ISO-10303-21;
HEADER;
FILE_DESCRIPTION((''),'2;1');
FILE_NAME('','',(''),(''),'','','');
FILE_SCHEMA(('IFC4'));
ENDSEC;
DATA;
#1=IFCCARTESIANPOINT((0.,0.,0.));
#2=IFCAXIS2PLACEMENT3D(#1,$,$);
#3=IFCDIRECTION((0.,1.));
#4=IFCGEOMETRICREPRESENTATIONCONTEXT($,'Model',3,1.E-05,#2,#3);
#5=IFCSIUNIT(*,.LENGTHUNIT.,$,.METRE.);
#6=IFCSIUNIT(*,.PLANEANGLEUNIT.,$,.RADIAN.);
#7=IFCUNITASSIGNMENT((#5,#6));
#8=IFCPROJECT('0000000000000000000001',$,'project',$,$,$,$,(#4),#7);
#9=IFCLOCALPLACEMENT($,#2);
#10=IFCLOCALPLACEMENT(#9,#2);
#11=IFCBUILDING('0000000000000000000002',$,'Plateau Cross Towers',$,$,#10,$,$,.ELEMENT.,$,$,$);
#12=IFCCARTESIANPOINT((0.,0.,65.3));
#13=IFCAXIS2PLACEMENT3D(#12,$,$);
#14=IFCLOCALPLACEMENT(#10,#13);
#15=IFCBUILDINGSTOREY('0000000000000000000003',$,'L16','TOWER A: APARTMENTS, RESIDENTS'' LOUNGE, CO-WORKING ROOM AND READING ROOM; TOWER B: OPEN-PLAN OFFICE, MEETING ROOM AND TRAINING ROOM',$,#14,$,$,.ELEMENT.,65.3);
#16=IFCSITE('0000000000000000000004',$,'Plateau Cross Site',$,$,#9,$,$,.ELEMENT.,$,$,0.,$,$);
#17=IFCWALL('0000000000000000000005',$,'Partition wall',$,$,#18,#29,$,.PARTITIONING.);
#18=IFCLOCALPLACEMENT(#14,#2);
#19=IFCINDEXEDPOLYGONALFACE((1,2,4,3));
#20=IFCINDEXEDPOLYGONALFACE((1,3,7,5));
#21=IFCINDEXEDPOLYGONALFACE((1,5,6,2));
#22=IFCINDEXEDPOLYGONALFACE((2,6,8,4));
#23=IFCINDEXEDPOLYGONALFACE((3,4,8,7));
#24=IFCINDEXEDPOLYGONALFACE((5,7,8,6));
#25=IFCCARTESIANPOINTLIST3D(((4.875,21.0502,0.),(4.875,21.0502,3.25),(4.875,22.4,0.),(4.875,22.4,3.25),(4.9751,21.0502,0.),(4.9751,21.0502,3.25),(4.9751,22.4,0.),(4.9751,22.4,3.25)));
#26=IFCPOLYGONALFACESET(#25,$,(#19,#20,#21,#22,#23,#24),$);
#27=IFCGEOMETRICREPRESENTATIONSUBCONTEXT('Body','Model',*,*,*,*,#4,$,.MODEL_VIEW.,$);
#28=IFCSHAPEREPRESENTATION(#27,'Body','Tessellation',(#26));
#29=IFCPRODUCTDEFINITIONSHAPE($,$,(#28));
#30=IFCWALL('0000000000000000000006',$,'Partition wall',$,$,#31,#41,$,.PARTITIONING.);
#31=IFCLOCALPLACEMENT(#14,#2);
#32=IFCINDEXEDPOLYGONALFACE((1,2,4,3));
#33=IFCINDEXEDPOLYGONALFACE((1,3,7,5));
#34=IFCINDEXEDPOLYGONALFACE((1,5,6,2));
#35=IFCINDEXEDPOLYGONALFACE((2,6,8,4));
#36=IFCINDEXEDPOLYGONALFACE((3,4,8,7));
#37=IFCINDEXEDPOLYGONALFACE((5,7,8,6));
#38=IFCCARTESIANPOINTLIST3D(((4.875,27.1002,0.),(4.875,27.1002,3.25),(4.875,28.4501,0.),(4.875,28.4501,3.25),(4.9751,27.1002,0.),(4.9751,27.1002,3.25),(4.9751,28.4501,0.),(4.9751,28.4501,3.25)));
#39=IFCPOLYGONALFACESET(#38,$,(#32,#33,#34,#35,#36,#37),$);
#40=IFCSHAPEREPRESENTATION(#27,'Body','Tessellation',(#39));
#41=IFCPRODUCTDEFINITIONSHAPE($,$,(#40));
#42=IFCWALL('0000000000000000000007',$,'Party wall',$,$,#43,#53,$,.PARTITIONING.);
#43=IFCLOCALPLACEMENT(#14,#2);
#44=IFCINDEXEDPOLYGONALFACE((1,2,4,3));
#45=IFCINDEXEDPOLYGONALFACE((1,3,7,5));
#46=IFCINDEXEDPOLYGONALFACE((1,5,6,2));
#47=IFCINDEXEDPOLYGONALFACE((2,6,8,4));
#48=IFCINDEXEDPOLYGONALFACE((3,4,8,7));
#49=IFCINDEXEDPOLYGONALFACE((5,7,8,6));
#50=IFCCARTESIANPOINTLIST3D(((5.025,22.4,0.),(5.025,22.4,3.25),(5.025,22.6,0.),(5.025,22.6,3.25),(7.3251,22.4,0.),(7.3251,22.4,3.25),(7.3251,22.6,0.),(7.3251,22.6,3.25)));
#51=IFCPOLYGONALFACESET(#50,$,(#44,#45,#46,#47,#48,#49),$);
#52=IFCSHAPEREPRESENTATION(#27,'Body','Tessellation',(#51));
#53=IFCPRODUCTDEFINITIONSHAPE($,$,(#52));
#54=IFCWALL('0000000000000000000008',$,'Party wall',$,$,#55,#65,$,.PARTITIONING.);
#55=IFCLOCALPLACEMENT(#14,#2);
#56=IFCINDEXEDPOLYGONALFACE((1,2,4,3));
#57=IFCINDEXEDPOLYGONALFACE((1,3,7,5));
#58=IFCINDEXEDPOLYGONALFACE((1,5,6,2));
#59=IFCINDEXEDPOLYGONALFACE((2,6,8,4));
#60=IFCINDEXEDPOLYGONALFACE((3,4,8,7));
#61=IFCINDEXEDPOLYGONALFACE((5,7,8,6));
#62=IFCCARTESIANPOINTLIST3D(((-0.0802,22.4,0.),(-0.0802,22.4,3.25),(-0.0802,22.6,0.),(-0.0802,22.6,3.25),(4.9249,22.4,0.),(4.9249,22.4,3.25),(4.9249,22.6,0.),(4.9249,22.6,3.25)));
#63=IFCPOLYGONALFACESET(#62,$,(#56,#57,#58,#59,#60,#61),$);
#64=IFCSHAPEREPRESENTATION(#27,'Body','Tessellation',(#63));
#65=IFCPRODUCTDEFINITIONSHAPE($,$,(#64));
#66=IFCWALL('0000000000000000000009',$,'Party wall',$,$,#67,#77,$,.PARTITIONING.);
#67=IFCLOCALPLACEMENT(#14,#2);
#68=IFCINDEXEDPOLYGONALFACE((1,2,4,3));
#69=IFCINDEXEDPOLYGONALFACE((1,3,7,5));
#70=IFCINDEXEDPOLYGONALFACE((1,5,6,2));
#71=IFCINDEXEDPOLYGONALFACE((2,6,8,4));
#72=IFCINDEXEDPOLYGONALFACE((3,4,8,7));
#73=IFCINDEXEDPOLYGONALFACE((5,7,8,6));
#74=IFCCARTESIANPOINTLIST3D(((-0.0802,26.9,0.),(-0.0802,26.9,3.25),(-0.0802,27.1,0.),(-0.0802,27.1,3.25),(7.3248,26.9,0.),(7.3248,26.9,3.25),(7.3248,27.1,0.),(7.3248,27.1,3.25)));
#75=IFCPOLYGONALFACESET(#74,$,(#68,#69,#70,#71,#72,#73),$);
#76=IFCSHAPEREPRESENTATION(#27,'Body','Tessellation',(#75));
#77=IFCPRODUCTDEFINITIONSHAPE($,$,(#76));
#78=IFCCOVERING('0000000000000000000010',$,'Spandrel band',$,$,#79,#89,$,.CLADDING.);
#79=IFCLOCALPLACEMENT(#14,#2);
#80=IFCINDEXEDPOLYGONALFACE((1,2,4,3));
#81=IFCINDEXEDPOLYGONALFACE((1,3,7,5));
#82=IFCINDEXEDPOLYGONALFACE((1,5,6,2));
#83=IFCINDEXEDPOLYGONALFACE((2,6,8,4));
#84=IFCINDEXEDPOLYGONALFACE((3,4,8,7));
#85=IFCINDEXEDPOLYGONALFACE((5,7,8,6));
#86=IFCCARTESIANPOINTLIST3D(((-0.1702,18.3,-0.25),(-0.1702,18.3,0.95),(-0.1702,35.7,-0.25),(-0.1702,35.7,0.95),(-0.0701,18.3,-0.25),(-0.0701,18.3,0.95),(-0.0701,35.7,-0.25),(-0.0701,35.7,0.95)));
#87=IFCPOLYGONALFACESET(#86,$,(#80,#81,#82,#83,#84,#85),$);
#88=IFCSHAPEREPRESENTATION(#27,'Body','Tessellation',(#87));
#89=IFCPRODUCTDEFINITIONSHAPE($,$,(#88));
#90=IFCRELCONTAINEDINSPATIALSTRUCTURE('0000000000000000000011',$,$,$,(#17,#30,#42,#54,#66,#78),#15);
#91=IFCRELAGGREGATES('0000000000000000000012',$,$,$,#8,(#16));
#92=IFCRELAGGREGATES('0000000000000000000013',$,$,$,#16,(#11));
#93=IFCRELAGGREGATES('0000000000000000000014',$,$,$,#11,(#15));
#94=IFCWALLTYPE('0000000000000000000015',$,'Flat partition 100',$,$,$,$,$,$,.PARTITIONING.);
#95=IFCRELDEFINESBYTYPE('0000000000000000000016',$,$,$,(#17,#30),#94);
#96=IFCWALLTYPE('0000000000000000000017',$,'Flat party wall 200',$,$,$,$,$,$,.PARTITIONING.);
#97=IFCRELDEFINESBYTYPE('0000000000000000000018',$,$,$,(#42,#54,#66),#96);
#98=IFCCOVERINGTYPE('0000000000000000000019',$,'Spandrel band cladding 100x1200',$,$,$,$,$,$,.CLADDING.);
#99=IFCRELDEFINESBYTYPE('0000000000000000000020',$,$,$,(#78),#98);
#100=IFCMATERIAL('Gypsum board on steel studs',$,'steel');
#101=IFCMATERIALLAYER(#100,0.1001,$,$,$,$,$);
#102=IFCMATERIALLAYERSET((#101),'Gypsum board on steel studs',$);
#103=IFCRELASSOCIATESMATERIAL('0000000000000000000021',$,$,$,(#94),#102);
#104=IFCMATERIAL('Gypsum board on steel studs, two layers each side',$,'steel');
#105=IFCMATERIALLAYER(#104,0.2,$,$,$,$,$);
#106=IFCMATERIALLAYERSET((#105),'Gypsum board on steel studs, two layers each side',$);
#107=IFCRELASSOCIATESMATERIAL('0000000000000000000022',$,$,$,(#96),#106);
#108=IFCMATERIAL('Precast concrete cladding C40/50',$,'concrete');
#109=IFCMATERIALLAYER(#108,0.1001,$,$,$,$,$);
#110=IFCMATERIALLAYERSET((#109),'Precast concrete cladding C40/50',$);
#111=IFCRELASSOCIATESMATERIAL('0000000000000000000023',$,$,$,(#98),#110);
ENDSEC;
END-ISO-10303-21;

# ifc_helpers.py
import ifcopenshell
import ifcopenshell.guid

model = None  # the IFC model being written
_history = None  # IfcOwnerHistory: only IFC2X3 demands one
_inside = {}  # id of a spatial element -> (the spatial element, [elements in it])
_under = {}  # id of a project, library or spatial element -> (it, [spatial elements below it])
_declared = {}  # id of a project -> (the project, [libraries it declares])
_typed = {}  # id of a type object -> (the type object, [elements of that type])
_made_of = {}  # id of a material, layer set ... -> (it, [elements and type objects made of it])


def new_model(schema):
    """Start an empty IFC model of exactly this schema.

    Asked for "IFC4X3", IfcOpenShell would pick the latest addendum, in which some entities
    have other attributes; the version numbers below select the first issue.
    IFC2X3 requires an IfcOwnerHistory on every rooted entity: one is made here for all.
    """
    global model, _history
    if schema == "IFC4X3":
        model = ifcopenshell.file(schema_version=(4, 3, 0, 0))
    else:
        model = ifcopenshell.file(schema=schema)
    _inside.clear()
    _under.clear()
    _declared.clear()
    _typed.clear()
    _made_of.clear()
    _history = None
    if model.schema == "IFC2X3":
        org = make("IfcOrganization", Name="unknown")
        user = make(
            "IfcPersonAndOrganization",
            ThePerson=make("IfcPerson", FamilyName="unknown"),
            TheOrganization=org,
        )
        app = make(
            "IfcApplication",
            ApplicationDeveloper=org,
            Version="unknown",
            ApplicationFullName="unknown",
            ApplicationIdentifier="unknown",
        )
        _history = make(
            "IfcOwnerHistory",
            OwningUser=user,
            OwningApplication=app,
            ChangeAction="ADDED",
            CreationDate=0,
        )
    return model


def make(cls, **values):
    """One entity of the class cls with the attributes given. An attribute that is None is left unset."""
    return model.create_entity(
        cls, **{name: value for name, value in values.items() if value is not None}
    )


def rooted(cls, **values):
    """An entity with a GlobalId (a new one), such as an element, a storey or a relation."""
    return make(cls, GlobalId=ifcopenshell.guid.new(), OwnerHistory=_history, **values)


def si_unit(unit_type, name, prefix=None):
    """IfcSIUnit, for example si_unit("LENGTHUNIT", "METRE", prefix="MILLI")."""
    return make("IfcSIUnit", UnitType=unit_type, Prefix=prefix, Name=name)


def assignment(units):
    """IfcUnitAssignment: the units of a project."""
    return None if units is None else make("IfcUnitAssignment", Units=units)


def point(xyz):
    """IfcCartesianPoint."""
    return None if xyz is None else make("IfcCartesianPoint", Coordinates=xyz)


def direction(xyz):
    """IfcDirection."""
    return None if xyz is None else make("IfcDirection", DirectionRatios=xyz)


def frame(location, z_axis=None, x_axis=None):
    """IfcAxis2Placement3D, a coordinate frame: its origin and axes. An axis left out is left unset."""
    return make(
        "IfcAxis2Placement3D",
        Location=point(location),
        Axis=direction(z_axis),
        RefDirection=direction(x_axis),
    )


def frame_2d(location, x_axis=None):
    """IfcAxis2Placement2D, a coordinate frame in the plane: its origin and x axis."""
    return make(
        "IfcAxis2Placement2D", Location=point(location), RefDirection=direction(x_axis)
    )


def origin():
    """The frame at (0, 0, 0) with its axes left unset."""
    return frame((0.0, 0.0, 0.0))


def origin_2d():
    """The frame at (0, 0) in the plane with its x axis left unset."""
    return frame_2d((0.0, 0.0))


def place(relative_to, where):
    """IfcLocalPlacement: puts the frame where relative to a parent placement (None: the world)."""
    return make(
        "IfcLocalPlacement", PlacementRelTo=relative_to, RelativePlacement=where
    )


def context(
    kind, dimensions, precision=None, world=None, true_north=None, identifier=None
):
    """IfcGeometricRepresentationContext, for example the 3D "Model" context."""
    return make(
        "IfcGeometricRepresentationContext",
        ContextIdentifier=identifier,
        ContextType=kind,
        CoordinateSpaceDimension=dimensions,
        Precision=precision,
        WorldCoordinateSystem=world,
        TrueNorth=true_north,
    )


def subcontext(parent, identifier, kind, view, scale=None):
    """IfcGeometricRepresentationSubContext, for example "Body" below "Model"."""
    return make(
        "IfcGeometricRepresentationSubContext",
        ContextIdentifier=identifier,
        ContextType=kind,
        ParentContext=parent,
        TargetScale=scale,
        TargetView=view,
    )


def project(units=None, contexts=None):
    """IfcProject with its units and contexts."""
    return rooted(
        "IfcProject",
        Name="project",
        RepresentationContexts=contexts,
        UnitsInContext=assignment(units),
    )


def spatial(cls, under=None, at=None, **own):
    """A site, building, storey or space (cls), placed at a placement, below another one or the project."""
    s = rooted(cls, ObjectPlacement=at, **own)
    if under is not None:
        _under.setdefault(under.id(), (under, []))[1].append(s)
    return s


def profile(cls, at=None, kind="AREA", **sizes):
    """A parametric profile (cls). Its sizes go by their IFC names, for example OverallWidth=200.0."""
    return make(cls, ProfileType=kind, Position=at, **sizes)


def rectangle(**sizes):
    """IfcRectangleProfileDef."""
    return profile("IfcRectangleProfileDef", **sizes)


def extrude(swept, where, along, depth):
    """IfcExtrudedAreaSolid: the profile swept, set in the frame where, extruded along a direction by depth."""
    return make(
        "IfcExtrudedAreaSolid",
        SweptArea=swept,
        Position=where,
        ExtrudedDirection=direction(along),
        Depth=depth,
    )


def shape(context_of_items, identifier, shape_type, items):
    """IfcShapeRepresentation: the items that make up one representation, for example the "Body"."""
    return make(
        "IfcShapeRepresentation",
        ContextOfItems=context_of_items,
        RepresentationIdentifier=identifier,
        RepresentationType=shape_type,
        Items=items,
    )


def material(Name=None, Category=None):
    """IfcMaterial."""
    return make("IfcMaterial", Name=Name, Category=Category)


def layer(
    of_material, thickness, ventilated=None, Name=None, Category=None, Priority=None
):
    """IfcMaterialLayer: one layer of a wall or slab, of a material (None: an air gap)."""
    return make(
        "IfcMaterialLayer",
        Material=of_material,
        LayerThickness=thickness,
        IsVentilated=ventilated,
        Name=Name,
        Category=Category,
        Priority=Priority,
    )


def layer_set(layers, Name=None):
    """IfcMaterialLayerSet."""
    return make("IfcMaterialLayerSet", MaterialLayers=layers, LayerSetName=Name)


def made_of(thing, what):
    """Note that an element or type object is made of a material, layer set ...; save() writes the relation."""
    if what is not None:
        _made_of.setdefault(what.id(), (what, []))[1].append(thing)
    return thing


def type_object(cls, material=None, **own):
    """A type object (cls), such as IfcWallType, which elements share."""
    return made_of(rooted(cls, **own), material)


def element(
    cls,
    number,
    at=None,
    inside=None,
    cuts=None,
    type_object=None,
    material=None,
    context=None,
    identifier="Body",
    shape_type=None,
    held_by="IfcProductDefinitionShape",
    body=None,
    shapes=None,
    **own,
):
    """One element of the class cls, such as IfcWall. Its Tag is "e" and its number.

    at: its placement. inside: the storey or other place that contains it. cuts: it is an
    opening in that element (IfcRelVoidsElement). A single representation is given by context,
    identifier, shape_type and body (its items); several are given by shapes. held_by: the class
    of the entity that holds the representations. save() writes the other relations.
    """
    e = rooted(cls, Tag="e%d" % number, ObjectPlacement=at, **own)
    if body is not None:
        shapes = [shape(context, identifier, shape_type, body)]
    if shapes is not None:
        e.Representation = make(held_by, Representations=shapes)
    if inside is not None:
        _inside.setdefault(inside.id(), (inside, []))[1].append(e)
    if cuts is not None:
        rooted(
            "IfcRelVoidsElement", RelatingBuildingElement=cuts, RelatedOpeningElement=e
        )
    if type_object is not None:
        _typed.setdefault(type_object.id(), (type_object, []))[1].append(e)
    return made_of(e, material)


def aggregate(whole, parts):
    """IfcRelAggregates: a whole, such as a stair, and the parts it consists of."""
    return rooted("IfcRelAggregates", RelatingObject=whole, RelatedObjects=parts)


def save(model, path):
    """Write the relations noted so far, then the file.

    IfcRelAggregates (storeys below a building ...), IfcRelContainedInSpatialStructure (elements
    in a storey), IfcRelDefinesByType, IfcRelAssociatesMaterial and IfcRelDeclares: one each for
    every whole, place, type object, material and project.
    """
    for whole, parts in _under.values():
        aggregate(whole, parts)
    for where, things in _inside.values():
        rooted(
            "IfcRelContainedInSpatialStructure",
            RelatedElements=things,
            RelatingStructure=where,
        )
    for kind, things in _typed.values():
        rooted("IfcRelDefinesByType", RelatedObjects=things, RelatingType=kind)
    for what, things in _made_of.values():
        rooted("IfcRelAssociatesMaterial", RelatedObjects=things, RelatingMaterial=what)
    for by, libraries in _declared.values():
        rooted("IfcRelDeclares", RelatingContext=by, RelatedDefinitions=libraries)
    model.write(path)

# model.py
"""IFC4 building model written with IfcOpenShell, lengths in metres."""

from ifc_helpers import new_model, si_unit, direction, frame, frame_2d, origin, origin_2d, place, context, subcontext, project, spatial, rectangle, extrude, material, layer, layer_set, type_object, element, save


model = new_model("IFC4")

# Units and contexts
model_context = context("Model", 3, precision=1e-05, world=origin(), true_north=direction((0.0, 1.0)))
body_context = subcontext(model_context, "Body", "Model", "MODEL_VIEW")
ifc_project = project(units=[si_unit("LENGTHUNIT", "METRE"), si_unit("PLANEANGLEUNIT", "RADIAN")], contexts=[model_context])

# Site, building, storey
site_placement = place(None, origin())
site = spatial("IfcSite", under=ifc_project, at=site_placement, Name="Plateau Cross Site", CompositionType="ELEMENT", RefElevation=0.0)
building_placement = place(site_placement, origin())
building = spatial("IfcBuilding", under=site, at=building_placement, Name="Plateau Cross Towers", CompositionType="ELEMENT")
storey_placement = place(building_placement, frame((0.0, 0.0, 65.3)))
storey = spatial("IfcBuildingStorey", under=building, at=storey_placement, Name="L16", Description="TOWER A: APARTMENTS, RESIDENTS' LOUNGE, CO-WORKING ROOM AND READING ROOM; TOWER B: OPEN-PLAN OFFICE, MEETING ROOM AND TRAINING ROOM", CompositionType="ELEMENT", Elevation=65.3)

# Shared definitions
ifc_material_1 = material(Name="Gypsum board on steel studs", Category="steel")
ifc_layer_1 = layer(ifc_material_1, 0.1001)
ifc_layer_set_1 = layer_set([ifc_layer_1], Name="Gypsum board on steel studs")
wall_type_1 = type_object("IfcWallType", Name="Flat partition 100", PredefinedType="PARTITIONING", material=ifc_layer_set_1)

# Walls
for number, where, z_axis, x_axis, name in (
    (1, (4.925, 22.3999, 0.0), (0.0, 0.0, 1.0), (0.0, -1.0, 0.0), "Partition wall"),
    (2, (4.925, 28.45, 0.0), (0.0, 0.0, 1.0), (0.0, -1.0, 0.0), "Partition wall"),
):
    element("IfcWall", number, at=place(storey_placement, frame(where, z_axis=z_axis, x_axis=x_axis)), inside=storey, type_object=wall_type_1, Name=name, PredefinedType="PARTITIONING", context=body_context, shape_type="SweptSolid", body=[
        extrude(rectangle(XDim=1.3499, YDim=0.1001, at=frame_2d((0.6748, 0.0))), origin(), (0.0, 0.0, 1.0), 3.25),
    ])
ifc_material_2 = material(Name="Gypsum board on steel studs, two layers each side", Category="steel")
ifc_layer_2 = layer(ifc_material_2, 0.2)
ifc_layer_set_2 = layer_set([ifc_layer_2], Name="Gypsum board on steel studs, two layers each side")
wall_type_2 = type_object("IfcWallType", Name="Flat party wall 200", PredefinedType="PARTITIONING", material=ifc_layer_set_2)
wall_1_placement = place(storey_placement, frame((7.325, 22.5, 0.0), z_axis=(0.0, 0.0, 1.0), x_axis=(-1.0, 0.0, 0.0)))
element("IfcWall", 3, at=wall_1_placement, inside=storey, type_object=wall_type_2, Name="Party wall", PredefinedType="PARTITIONING", context=body_context, shape_type="SweptSolid", body=[
    extrude(rectangle(XDim=2.3, YDim=0.2, at=frame_2d((1.1499, 0.0))), origin(), (0.0, 0.0, 1.0), 3.25),
])
wall_2_placement = place(storey_placement, frame((-0.0801, 22.5, 0.0), z_axis=(0.0, 0.0, 1.0), x_axis=(1.0, 0.0, 0.0)))
element("IfcWall", 4, at=wall_2_placement, inside=storey, type_object=wall_type_2, Name="Party wall", PredefinedType="PARTITIONING", context=body_context, shape_type="SweptSolid", body=[
    extrude(rectangle(XDim=5.0051, YDim=0.2, at=frame_2d((2.5024, 0.0))), origin(), (0.0, 0.0, 1.0), 3.25),
])
wall_3_placement = place(storey_placement, frame((7.325, 27.0, 0.0), z_axis=(0.0, 0.0, 1.0), x_axis=(-1.0, 0.0, 0.0)))
element("IfcWall", 5, at=wall_3_placement, inside=storey, type_object=wall_type_2, Name="Party wall", PredefinedType="PARTITIONING", context=body_context, shape_type="SweptSolid", body=[
    extrude(rectangle(XDim=7.405, YDim=0.2, at=frame_2d((3.7026, 0.0))), origin(), (0.0, 0.0, 1.0), 3.25),
])

# Covering
ifc_material_3 = material(Name="Precast concrete cladding C40/50", Category="concrete")
ifc_layer_3 = layer(ifc_material_3, 0.1001)
ifc_layer_set_3 = layer_set([ifc_layer_3], Name="Precast concrete cladding C40/50")
covering_type = type_object("IfcCoveringType", Name="Spandrel band cladding 100x1200", PredefinedType="CLADDING", material=ifc_layer_set_3)
covering_placement = place(storey_placement, frame((-0.1201, 27.0, -0.25), z_axis=(0.0, 0.0, 1.0), x_axis=(0.0, -1.0, 0.0)))
element("IfcCovering", 6, at=covering_placement, inside=storey, type_object=covering_type, Name="Spandrel band", PredefinedType="CLADDING", context=body_context, shape_type="SweptSolid", body=[
    extrude(rectangle(XDim=17.3999, YDim=0.1001, at=origin_2d()), origin(), (0.0, 0.0, 1.0), 1.2),
])

save(model, "model.ifc")
